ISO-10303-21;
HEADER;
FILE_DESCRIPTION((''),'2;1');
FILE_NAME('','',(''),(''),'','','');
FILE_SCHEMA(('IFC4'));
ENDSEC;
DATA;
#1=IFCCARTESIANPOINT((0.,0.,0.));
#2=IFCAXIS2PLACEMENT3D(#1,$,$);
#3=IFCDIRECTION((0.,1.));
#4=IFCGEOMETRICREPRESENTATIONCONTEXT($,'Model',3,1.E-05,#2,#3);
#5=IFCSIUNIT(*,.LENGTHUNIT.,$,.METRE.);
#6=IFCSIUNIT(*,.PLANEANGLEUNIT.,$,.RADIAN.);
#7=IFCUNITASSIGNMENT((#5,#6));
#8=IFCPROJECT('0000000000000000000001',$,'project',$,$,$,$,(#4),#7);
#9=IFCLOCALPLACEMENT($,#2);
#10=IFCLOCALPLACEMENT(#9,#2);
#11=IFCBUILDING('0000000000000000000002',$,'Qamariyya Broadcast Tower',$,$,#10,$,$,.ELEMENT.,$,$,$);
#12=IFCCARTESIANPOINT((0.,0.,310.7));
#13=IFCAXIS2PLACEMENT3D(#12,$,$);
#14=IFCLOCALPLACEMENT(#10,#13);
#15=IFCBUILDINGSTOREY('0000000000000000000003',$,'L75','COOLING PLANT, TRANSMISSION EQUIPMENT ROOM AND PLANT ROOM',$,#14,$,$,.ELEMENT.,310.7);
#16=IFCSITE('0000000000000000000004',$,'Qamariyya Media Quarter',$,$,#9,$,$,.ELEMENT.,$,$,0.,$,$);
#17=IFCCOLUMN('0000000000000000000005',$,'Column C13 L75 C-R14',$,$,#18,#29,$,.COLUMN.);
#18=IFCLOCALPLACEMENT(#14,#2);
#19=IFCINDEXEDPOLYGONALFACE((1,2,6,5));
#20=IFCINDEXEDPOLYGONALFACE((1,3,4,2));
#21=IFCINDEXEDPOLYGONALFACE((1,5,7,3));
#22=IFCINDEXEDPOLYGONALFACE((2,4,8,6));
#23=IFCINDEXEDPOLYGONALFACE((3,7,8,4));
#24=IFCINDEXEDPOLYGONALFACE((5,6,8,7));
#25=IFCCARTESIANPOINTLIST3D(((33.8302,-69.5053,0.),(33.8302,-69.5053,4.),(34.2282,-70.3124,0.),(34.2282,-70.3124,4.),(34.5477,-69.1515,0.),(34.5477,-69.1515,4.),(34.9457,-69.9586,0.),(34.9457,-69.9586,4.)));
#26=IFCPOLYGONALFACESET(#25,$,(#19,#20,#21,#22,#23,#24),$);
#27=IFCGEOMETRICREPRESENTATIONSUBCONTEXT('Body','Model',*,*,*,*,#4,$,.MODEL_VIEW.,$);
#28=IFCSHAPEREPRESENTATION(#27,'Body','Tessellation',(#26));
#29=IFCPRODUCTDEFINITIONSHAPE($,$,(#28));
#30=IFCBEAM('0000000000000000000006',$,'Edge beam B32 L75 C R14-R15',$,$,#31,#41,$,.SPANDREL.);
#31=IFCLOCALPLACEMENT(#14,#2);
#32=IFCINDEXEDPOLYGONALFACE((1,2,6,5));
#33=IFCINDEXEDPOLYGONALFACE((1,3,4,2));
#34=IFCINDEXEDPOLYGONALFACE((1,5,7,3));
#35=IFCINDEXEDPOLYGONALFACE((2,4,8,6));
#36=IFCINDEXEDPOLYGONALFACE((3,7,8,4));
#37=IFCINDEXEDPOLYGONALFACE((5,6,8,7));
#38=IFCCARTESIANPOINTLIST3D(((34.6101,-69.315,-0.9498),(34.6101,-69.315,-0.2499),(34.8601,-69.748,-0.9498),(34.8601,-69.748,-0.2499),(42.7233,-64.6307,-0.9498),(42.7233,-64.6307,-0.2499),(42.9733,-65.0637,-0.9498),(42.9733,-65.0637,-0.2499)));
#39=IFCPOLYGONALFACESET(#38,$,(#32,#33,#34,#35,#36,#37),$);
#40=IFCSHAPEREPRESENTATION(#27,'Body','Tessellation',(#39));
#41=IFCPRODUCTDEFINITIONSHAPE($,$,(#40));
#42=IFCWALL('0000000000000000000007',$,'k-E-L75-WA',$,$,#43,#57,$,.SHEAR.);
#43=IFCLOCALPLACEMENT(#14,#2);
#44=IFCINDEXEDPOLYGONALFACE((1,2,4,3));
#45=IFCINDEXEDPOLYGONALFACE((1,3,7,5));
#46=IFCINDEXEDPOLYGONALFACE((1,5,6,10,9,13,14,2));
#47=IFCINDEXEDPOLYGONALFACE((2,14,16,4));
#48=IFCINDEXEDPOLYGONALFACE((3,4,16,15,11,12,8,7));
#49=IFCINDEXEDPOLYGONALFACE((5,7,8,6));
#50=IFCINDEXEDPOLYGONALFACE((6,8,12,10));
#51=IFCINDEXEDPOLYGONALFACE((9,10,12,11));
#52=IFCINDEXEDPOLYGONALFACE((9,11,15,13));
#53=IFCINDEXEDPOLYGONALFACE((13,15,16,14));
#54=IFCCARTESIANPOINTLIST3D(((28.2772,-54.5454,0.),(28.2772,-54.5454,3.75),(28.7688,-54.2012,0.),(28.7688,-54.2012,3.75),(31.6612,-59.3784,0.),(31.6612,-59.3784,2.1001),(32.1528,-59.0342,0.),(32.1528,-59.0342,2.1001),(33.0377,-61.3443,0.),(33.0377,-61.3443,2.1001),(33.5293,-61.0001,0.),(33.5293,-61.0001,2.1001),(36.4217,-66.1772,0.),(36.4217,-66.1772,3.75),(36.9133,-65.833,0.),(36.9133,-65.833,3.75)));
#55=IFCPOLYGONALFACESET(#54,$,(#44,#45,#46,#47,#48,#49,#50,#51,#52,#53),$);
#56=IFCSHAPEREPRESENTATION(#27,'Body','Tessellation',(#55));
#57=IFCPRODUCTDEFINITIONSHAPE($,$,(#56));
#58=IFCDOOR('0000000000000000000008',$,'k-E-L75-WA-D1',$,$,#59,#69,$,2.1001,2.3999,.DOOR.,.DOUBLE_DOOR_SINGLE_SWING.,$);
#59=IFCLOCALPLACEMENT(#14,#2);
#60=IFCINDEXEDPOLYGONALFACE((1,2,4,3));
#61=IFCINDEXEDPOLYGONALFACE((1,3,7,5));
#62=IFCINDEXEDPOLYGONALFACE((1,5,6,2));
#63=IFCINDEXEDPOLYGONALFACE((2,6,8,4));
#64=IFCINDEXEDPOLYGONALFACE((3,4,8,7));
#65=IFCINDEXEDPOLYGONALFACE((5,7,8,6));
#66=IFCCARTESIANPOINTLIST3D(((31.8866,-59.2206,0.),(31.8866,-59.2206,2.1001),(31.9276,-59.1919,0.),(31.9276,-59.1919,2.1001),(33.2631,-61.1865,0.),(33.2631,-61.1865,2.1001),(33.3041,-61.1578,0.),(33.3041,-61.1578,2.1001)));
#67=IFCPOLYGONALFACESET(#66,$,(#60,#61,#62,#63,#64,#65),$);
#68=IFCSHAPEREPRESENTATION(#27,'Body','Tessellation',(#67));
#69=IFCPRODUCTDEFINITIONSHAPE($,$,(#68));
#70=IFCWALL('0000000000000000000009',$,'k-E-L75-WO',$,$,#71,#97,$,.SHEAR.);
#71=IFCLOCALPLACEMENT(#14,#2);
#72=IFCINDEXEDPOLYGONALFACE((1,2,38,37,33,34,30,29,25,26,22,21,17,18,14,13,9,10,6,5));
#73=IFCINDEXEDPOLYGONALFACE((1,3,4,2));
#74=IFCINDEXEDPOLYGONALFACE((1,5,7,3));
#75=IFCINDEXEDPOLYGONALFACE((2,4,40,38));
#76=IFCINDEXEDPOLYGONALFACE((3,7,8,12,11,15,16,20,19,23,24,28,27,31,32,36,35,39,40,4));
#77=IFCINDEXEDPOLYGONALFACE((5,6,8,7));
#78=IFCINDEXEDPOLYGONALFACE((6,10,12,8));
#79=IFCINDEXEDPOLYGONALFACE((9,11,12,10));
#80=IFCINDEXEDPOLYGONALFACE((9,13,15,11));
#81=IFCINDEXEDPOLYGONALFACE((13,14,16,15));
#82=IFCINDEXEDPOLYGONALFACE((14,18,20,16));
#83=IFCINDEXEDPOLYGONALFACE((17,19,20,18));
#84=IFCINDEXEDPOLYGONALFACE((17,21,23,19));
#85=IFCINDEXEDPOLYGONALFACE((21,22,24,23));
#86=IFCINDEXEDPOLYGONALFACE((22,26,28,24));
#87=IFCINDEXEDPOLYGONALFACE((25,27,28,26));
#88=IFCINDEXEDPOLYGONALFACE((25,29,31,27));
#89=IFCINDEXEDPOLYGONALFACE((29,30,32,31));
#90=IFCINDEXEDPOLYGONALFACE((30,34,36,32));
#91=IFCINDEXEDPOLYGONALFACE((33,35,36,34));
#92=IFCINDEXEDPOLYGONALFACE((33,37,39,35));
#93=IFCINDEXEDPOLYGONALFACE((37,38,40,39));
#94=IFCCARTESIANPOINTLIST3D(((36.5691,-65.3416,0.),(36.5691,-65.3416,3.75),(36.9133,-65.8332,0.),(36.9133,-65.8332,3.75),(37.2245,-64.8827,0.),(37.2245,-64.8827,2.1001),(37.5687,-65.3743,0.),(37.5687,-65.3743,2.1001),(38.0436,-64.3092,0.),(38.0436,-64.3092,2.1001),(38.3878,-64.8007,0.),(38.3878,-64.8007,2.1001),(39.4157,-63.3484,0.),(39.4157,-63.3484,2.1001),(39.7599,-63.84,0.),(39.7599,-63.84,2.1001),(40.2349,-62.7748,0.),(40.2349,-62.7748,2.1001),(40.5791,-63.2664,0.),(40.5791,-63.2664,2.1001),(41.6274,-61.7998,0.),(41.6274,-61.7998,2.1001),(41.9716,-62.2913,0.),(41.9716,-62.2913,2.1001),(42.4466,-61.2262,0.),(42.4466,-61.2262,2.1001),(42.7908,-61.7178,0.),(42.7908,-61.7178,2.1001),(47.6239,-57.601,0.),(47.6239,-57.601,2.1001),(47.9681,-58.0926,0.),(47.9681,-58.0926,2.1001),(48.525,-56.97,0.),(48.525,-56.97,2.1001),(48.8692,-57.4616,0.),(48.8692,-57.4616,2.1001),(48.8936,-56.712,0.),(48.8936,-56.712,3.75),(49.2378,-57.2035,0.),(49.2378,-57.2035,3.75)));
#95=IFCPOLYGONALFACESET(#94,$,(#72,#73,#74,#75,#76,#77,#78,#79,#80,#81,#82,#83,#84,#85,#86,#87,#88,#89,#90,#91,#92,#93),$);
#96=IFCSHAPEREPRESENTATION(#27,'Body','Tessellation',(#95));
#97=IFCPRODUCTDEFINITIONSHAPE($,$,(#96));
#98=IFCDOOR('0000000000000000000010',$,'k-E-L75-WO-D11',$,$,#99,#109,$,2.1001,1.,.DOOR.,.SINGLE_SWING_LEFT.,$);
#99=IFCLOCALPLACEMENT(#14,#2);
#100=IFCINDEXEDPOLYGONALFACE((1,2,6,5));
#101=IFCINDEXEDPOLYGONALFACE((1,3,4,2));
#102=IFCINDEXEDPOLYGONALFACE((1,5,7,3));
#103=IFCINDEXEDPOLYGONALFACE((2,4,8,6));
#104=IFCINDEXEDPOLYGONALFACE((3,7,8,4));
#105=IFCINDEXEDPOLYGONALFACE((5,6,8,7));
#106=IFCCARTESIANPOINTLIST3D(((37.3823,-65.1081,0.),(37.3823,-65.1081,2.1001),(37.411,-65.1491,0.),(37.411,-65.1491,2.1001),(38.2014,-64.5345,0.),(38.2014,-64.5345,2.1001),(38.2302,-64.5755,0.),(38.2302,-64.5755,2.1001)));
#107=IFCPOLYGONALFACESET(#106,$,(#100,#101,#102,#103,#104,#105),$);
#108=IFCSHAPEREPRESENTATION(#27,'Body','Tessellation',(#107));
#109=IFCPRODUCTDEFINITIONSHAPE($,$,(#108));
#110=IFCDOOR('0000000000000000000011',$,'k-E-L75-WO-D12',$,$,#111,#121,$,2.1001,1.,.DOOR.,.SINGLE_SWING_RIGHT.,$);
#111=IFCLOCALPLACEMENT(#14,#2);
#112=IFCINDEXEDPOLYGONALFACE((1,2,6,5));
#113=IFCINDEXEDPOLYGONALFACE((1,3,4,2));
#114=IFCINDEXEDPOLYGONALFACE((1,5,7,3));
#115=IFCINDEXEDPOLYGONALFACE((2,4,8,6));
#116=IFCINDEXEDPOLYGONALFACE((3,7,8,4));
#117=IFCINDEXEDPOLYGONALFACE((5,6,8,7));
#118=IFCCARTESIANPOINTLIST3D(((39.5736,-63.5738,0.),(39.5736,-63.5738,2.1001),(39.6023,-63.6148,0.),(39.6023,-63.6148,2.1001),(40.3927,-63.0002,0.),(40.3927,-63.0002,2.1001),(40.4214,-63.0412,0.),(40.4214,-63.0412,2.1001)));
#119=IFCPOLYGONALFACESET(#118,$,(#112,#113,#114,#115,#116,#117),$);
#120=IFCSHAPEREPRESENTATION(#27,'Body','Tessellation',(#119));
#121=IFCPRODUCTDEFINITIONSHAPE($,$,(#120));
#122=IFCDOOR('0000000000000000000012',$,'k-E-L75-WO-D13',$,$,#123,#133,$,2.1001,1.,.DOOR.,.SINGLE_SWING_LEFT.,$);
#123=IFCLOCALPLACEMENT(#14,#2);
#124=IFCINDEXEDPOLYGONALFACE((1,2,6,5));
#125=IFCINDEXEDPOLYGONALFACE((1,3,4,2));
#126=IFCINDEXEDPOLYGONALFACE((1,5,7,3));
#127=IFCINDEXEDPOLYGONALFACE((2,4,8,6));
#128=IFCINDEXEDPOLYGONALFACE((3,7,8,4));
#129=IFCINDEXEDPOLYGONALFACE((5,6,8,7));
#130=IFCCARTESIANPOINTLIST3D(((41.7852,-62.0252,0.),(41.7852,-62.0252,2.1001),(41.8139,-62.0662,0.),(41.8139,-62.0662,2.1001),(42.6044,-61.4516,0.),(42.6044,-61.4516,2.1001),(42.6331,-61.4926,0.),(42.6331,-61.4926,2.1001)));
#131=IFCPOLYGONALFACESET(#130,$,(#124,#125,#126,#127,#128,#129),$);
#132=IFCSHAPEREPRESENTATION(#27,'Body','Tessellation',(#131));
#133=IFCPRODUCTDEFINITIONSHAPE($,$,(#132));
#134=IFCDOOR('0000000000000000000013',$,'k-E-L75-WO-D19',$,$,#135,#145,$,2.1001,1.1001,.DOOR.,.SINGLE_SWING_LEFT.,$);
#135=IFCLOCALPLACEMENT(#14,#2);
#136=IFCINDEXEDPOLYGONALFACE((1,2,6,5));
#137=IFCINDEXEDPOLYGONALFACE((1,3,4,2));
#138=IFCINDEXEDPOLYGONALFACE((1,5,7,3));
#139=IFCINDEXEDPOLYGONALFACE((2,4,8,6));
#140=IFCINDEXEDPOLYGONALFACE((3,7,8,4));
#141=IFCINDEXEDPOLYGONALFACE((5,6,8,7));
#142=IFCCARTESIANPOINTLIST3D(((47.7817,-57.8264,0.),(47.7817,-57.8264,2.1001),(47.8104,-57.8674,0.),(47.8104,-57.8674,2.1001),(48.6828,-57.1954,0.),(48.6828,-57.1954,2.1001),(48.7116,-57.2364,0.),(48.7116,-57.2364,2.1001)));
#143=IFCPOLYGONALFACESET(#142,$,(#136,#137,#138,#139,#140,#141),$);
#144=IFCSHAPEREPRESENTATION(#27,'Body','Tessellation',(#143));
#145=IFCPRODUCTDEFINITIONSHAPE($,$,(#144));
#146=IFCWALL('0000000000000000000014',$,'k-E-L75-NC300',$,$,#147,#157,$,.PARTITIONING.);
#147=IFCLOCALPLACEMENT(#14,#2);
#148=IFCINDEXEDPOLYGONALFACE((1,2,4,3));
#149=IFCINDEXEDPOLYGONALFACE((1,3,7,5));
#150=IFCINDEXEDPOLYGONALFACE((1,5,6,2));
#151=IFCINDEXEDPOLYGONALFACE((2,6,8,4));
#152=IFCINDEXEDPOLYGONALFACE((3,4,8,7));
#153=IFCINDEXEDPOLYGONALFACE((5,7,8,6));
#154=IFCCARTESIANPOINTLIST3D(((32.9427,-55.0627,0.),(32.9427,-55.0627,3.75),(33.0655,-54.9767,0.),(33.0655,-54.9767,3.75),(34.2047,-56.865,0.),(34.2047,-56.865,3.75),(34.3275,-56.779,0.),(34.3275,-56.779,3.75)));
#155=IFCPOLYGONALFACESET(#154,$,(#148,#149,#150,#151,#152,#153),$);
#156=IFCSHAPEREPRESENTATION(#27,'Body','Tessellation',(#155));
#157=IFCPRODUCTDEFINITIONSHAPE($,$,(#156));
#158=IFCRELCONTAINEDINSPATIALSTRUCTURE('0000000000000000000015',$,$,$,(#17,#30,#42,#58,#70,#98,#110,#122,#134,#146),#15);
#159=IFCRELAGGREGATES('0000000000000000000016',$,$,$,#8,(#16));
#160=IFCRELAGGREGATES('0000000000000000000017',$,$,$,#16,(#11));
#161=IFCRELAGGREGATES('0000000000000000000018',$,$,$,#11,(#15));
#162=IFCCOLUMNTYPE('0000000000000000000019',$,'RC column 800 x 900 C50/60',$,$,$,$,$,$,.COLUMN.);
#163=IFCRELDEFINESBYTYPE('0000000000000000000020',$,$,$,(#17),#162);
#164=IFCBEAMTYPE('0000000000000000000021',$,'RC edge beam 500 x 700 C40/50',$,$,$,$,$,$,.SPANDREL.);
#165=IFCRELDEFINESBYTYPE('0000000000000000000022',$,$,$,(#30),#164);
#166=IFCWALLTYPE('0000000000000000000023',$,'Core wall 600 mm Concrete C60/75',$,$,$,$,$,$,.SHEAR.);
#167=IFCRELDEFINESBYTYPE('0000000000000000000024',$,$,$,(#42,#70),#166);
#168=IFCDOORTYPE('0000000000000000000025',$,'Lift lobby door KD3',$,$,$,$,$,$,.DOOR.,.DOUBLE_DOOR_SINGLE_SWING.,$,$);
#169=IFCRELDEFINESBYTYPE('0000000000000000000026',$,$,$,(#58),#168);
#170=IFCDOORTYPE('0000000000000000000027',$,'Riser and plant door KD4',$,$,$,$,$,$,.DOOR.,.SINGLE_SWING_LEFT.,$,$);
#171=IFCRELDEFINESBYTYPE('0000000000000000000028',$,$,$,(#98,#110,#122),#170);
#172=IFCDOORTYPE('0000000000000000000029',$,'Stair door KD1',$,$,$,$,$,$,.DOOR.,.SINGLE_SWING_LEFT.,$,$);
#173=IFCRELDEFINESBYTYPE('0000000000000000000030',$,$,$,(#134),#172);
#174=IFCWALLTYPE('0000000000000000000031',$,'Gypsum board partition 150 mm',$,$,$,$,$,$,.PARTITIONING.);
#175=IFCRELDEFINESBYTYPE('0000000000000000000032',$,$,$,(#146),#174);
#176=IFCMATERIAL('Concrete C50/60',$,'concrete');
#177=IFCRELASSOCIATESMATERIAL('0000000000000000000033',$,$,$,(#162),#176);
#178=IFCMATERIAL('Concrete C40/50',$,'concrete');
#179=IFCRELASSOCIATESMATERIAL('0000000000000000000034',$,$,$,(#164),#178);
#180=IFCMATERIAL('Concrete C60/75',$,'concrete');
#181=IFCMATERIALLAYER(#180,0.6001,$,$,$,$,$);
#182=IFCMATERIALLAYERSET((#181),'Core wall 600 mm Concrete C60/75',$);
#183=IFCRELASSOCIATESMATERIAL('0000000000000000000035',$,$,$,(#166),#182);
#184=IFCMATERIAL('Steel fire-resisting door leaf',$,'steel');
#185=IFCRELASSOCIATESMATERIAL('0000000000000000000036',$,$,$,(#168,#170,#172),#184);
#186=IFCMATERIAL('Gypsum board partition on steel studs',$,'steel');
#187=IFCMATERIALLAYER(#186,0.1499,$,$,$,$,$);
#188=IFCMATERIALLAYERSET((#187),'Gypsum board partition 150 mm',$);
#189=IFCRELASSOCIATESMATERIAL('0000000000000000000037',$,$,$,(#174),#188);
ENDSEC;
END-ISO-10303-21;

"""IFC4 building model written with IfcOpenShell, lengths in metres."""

from ifc_helpers import new_model, si_unit, direction, frame, frame_2d, origin, origin_2d, place, context, subcontext, project, spatial, rectangle, extrude, material, layer, layer_set, material_profile, profile_set, type_object, element, fill, save


model = new_model("IFC4")

# Units and contexts
model_context = context("Model", 3, precision=1e-05, world=origin(), true_north=direction((0.0, 1.0)))
body_context = subcontext(model_context, "Body", "Model", "MODEL_VIEW")
ifc_project = project(units=[si_unit("LENGTHUNIT", "METRE"), si_unit("PLANEANGLEUNIT", "RADIAN")], contexts=[model_context])

# Site, building, storey
site_placement = place(None, origin())
site = spatial("IfcSite", under=ifc_project, at=site_placement, Name="Qamariyya Media Quarter", CompositionType="ELEMENT", RefElevation=0.0)
building_placement = place(site_placement, origin())
building = spatial("IfcBuilding", under=site, at=building_placement, Name="Qamariyya Broadcast Tower", CompositionType="ELEMENT")
storey_placement = place(building_placement, frame((0.0, 0.0, 310.7)))
storey = spatial("IfcBuildingStorey", under=building, at=storey_placement, Name="L75", Description="COOLING PLANT, TRANSMISSION EQUIPMENT ROOM AND PLANT ROOM", CompositionType="ELEMENT", Elevation=310.7)

# Column
ifc_material_1 = material(Name="Concrete C50/60", Category="concrete")
ifc_material_profile_1 = material_profile(ifc_material_1, rectangle(XDim=0.8, YDim=0.8999, at=origin_2d()))
ifc_profile_set_1 = profile_set([ifc_material_profile_1], Name="Concrete C50/60")
column_type = type_object("IfcColumnType", Name="RC column 800 x 900 C50/60", PredefinedType="COLUMN", material=ifc_profile_set_1)
column_placement = place(storey_placement, frame((34.3879, -69.7319, 0.0), z_axis=(0.0, 0.0, 1.0), x_axis=(0.896873, 0.442289, 0.0)))
element("IfcColumn", 1, at=column_placement, inside=storey, type_object=column_type, Name="Column C13 L75 C-R14", PredefinedType="COLUMN", context=body_context, shape_type="SweptSolid", body=[
    extrude(rectangle(XDim=0.8, YDim=0.8999, at=origin_2d()), origin(), (0.0, 0.0, 1.0), 4.0),
])

# Beam
ifc_material_2 = material(Name="Concrete C40/50", Category="concrete")
ifc_material_profile_2 = material_profile(ifc_material_2, rectangle(XDim=0.5, YDim=0.7, at=origin_2d()))
ifc_profile_set_2 = profile_set([ifc_material_profile_2], Name="Concrete C40/50")
beam_type = type_object("IfcBeamType", Name="RC edge beam 500 x 700 C40/50", PredefinedType="SPANDREL", material=ifc_profile_set_2)
beam_placement = place(storey_placement, frame((34.7351, -69.5315, -0.5999), z_axis=(0.86602, 0.50001, 0.0), x_axis=(-0.50001, 0.86602, 0.0)))
element("IfcBeam", 2, at=beam_placement, inside=storey, type_object=beam_type, Name="Edge beam B32 L75 C R14-R15", PredefinedType="SPANDREL", context=body_context, shape_type="SweptSolid", body=[
    extrude(rectangle(XDim=0.5, YDim=0.7, at=origin_2d()), origin(), (0.0, 0.0, 1.0), 9.3684),
])

# Wall, opening, door
ifc_material_3 = material(Name="Concrete C60/75", Category="concrete")
ifc_layer_1 = layer(ifc_material_3, 0.6001)
ifc_layer_set_1 = layer_set([ifc_layer_1], Name="Core wall 600 mm Concrete C60/75")
wall_type_1 = type_object("IfcWallType", Name="Core wall 600 mm Concrete C60/75", PredefinedType="SHEAR", material=ifc_layer_set_1)
wall_1_placement = place(storey_placement, frame((36.6675, -66.0051, 0.0), z_axis=(0.0, 0.0, 1.0), x_axis=(-0.573568, 0.819158, 0.0)))
wall_1 = element("IfcWall", 3, at=wall_1_placement, inside=storey, type_object=wall_type_1, Name="k-E-L75-WA", PredefinedType="SHEAR", context=body_context, shape_type="SweptSolid", body=[
    extrude(rectangle(XDim=14.1997, YDim=0.6001, at=frame_2d((7.0999, 0.0))), origin(), (0.0, 0.0, 1.0), 3.75),
])
opening_1_placement = place(wall_1_placement, frame((5.8999, 0.0, 0.0)))
opening_1 = element("IfcOpeningElement", 4, at=opening_1_placement, cuts=wall_1, PredefinedType="OPENING", context=body_context, shape_type="SweptSolid", body=[
    extrude(rectangle(XDim=2.3999, YDim=2.1001, at=frame_2d((1.2, 1.05))), frame((0.0, 0.3101, 0.0), z_axis=(0.0, -1.0, 0.0), x_axis=(1.0, 0.0, 0.0)), (0.0, 0.0, 1.0), 0.6201),
])
ifc_material_4 = material(Name="Steel fire-resisting door leaf", Category="steel")
door_type_1 = type_object("IfcDoorType", Name="Lift lobby door KD3", OperationType="DOUBLE_DOOR_SINGLE_SWING", PredefinedType="DOOR", material=ifc_material_4)
door_1_placement = place(opening_1_placement, origin())
door_1 = element("IfcDoor", 5, at=door_1_placement, inside=storey, type_object=door_type_1, Name="k-E-L75-WA-D1", OperationType="DOUBLE_DOOR_SINGLE_SWING", OverallHeight=2.1001, OverallWidth=2.3999, PredefinedType="DOOR", context=body_context, shape_type="SweptSolid", body=[
    extrude(rectangle(XDim=2.3999, YDim=2.1001, at=frame_2d((1.2, 1.05))), frame((0.0, 0.0249, 0.0), z_axis=(0.0, -1.0, 0.0), x_axis=(1.0, 0.0, 0.0)), (0.0, 0.0, 1.0), 0.05),
])
fill(opening_1, door_1)

# Wall, openings, doors
wall_2_placement = place(storey_placement, frame((36.7412, -65.5874, 0.0), z_axis=(0.0, 0.0, 1.0), x_axis=(0.819153, 0.573575, 0.0)))
wall_2 = element("IfcWall", 6, at=wall_2_placement, inside=storey, type_object=wall_type_1, Name="k-E-L75-WO", PredefinedType="SHEAR", context=body_context, shape_type="SweptSolid", body=[
    extrude(rectangle(XDim=15.0454, YDim=0.6001, at=frame_2d((7.5227, 0.0))), origin(), (0.0, 0.0, 1.0), 3.75),
])
opening_2_placement = place(wall_2_placement, frame((0.8, 0.0, 0.0)))
opening_2 = element("IfcOpeningElement", 7, at=opening_2_placement, cuts=wall_2, PredefinedType="OPENING", context=body_context, shape_type="SweptSolid", body=[
    extrude(rectangle(XDim=1.0, YDim=2.1001, at=frame_2d((0.5, 1.05))), frame((0.0, 0.3101, 0.0), z_axis=(0.0, -1.0, 0.0), x_axis=(1.0, 0.0, 0.0)), (0.0, 0.0, 1.0), 0.6201),
])
opening_3_placement = place(wall_2_placement, frame((3.4751, 0.0, 0.0)))
opening_3 = element("IfcOpeningElement", 8, at=opening_3_placement, cuts=wall_2, PredefinedType="OPENING", context=body_context, shape_type="SweptSolid", body=[
    extrude(rectangle(XDim=1.0, YDim=2.1001, at=frame_2d((0.5, 1.05))), frame((0.0, 0.3101, 0.0), z_axis=(0.0, -1.0, 0.0), x_axis=(1.0, 0.0, 0.0)), (0.0, 0.0, 1.0), 0.6201),
])
opening_4_placement = place(wall_2_placement, frame((6.175, 0.0, 0.0)))
opening_4 = element("IfcOpeningElement", 9, at=opening_4_placement, cuts=wall_2, PredefinedType="OPENING", context=body_context, shape_type="SweptSolid", body=[
    extrude(rectangle(XDim=1.0, YDim=2.1001, at=frame_2d((0.5, 1.05))), frame((0.0, 0.3101, 0.0), z_axis=(0.0, -1.0, 0.0), x_axis=(1.0, 0.0, 0.0)), (0.0, 0.0, 1.0), 0.6201),
])
opening_5_placement = place(wall_2_placement, frame((13.4954, 0.0, 0.0)))
opening_5 = element("IfcOpeningElement", 10, at=opening_5_placement, cuts=wall_2, PredefinedType="OPENING", context=body_context, shape_type="SweptSolid", body=[
    extrude(rectangle(XDim=1.1001, YDim=2.1001, at=frame_2d((0.55, 1.05))), frame((0.0, 0.3101, 0.0), z_axis=(0.0, -1.0, 0.0), x_axis=(1.0, 0.0, 0.0)), (0.0, 0.0, 1.0), 0.6201),
])
door_type_2 = type_object("IfcDoorType", Name="Riser and plant door KD4", OperationType="SINGLE_SWING_LEFT", PredefinedType="DOOR", material=ifc_material_4)
door_2_placement = place(opening_2_placement, origin())
door_2 = element("IfcDoor", 11, at=door_2_placement, inside=storey, type_object=door_type_2, Name="k-E-L75-WO-D11", OperationType="SINGLE_SWING_LEFT", OverallHeight=2.1001, OverallWidth=1.0, PredefinedType="DOOR", context=body_context, shape_type="SweptSolid", body=[
    extrude(rectangle(XDim=1.0, YDim=2.1001, at=frame_2d((0.5, 1.05))), frame((0.0, 0.0249, 0.0), z_axis=(0.0, -1.0, 0.0), x_axis=(1.0, 0.0, 0.0)), (0.0, 0.0, 1.0), 0.05),
])
fill(opening_2, door_2)
door_3_placement = place(opening_3_placement, origin())
door_3 = element("IfcDoor", 12, at=door_3_placement, inside=storey, type_object=door_type_2, Name="k-E-L75-WO-D12", OperationType="SINGLE_SWING_RIGHT", OverallHeight=2.1001, OverallWidth=1.0, PredefinedType="DOOR", context=body_context, shape_type="SweptSolid", body=[
    extrude(rectangle(XDim=1.0, YDim=2.1001, at=frame_2d((0.5, 1.05))), frame((0.0, 0.0249, 0.0), z_axis=(0.0, -1.0, 0.0), x_axis=(1.0, 0.0, 0.0)), (0.0, 0.0, 1.0), 0.05),
])
fill(opening_3, door_3)
door_4_placement = place(opening_4_placement, origin())
door_4 = element("IfcDoor", 13, at=door_4_placement, inside=storey, type_object=door_type_2, Name="k-E-L75-WO-D13", OperationType="SINGLE_SWING_LEFT", OverallHeight=2.1001, OverallWidth=1.0, PredefinedType="DOOR", context=body_context, shape_type="SweptSolid", body=[
    extrude(rectangle(XDim=1.0, YDim=2.1001, at=frame_2d((0.5, 1.05))), frame((0.0, 0.0249, 0.0), z_axis=(0.0, -1.0, 0.0), x_axis=(1.0, 0.0, 0.0)), (0.0, 0.0, 1.0), 0.05),
])
fill(opening_4, door_4)
door_type_3 = type_object("IfcDoorType", Name="Stair door KD1", OperationType="SINGLE_SWING_LEFT", PredefinedType="DOOR", material=ifc_material_4)
door_5_placement = place(opening_5_placement, origin())
door_5 = element("IfcDoor", 14, at=door_5_placement, inside=storey, type_object=door_type_3, Name="k-E-L75-WO-D19", OperationType="SINGLE_SWING_LEFT", OverallHeight=2.1001, OverallWidth=1.1001, PredefinedType="DOOR", context=body_context, shape_type="SweptSolid", body=[
    extrude(rectangle(XDim=1.1001, YDim=2.1001, at=frame_2d((0.55, 1.05))), frame((0.0, 0.0249, 0.0), z_axis=(0.0, -1.0, 0.0), x_axis=(1.0, 0.0, 0.0)), (0.0, 0.0, 1.0), 0.05),
])
fill(opening_5, door_5)

# Wall
ifc_material_5 = material(Name="Gypsum board partition on steel studs", Category="steel")
ifc_layer_2 = layer(ifc_material_5, 0.1499)
ifc_layer_set_2 = layer_set([ifc_layer_2], Name="Gypsum board partition 150 mm")
wall_type_2 = type_object("IfcWallType", Name="Gypsum board partition 150 mm", PredefinedType="PARTITIONING", material=ifc_layer_set_2)
wall_3_placement = place(storey_placement, frame((34.2661, -56.822, 0.0), z_axis=(0.0, 0.0, 1.0), x_axis=(-0.573581, 0.819149, 0.0)))
element("IfcWall", 15, at=wall_3_placement, inside=storey, type_object=wall_type_2, Name="k-E-L75-NC300", PredefinedType="PARTITIONING", context=body_context, shape_type="SweptSolid", body=[
    extrude(rectangle(XDim=2.2002, YDim=0.1499, at=frame_2d((1.1001, 0.0))), origin(), (0.0, 0.0, 1.0), 3.75),
])

save(model, "model.ifc")
